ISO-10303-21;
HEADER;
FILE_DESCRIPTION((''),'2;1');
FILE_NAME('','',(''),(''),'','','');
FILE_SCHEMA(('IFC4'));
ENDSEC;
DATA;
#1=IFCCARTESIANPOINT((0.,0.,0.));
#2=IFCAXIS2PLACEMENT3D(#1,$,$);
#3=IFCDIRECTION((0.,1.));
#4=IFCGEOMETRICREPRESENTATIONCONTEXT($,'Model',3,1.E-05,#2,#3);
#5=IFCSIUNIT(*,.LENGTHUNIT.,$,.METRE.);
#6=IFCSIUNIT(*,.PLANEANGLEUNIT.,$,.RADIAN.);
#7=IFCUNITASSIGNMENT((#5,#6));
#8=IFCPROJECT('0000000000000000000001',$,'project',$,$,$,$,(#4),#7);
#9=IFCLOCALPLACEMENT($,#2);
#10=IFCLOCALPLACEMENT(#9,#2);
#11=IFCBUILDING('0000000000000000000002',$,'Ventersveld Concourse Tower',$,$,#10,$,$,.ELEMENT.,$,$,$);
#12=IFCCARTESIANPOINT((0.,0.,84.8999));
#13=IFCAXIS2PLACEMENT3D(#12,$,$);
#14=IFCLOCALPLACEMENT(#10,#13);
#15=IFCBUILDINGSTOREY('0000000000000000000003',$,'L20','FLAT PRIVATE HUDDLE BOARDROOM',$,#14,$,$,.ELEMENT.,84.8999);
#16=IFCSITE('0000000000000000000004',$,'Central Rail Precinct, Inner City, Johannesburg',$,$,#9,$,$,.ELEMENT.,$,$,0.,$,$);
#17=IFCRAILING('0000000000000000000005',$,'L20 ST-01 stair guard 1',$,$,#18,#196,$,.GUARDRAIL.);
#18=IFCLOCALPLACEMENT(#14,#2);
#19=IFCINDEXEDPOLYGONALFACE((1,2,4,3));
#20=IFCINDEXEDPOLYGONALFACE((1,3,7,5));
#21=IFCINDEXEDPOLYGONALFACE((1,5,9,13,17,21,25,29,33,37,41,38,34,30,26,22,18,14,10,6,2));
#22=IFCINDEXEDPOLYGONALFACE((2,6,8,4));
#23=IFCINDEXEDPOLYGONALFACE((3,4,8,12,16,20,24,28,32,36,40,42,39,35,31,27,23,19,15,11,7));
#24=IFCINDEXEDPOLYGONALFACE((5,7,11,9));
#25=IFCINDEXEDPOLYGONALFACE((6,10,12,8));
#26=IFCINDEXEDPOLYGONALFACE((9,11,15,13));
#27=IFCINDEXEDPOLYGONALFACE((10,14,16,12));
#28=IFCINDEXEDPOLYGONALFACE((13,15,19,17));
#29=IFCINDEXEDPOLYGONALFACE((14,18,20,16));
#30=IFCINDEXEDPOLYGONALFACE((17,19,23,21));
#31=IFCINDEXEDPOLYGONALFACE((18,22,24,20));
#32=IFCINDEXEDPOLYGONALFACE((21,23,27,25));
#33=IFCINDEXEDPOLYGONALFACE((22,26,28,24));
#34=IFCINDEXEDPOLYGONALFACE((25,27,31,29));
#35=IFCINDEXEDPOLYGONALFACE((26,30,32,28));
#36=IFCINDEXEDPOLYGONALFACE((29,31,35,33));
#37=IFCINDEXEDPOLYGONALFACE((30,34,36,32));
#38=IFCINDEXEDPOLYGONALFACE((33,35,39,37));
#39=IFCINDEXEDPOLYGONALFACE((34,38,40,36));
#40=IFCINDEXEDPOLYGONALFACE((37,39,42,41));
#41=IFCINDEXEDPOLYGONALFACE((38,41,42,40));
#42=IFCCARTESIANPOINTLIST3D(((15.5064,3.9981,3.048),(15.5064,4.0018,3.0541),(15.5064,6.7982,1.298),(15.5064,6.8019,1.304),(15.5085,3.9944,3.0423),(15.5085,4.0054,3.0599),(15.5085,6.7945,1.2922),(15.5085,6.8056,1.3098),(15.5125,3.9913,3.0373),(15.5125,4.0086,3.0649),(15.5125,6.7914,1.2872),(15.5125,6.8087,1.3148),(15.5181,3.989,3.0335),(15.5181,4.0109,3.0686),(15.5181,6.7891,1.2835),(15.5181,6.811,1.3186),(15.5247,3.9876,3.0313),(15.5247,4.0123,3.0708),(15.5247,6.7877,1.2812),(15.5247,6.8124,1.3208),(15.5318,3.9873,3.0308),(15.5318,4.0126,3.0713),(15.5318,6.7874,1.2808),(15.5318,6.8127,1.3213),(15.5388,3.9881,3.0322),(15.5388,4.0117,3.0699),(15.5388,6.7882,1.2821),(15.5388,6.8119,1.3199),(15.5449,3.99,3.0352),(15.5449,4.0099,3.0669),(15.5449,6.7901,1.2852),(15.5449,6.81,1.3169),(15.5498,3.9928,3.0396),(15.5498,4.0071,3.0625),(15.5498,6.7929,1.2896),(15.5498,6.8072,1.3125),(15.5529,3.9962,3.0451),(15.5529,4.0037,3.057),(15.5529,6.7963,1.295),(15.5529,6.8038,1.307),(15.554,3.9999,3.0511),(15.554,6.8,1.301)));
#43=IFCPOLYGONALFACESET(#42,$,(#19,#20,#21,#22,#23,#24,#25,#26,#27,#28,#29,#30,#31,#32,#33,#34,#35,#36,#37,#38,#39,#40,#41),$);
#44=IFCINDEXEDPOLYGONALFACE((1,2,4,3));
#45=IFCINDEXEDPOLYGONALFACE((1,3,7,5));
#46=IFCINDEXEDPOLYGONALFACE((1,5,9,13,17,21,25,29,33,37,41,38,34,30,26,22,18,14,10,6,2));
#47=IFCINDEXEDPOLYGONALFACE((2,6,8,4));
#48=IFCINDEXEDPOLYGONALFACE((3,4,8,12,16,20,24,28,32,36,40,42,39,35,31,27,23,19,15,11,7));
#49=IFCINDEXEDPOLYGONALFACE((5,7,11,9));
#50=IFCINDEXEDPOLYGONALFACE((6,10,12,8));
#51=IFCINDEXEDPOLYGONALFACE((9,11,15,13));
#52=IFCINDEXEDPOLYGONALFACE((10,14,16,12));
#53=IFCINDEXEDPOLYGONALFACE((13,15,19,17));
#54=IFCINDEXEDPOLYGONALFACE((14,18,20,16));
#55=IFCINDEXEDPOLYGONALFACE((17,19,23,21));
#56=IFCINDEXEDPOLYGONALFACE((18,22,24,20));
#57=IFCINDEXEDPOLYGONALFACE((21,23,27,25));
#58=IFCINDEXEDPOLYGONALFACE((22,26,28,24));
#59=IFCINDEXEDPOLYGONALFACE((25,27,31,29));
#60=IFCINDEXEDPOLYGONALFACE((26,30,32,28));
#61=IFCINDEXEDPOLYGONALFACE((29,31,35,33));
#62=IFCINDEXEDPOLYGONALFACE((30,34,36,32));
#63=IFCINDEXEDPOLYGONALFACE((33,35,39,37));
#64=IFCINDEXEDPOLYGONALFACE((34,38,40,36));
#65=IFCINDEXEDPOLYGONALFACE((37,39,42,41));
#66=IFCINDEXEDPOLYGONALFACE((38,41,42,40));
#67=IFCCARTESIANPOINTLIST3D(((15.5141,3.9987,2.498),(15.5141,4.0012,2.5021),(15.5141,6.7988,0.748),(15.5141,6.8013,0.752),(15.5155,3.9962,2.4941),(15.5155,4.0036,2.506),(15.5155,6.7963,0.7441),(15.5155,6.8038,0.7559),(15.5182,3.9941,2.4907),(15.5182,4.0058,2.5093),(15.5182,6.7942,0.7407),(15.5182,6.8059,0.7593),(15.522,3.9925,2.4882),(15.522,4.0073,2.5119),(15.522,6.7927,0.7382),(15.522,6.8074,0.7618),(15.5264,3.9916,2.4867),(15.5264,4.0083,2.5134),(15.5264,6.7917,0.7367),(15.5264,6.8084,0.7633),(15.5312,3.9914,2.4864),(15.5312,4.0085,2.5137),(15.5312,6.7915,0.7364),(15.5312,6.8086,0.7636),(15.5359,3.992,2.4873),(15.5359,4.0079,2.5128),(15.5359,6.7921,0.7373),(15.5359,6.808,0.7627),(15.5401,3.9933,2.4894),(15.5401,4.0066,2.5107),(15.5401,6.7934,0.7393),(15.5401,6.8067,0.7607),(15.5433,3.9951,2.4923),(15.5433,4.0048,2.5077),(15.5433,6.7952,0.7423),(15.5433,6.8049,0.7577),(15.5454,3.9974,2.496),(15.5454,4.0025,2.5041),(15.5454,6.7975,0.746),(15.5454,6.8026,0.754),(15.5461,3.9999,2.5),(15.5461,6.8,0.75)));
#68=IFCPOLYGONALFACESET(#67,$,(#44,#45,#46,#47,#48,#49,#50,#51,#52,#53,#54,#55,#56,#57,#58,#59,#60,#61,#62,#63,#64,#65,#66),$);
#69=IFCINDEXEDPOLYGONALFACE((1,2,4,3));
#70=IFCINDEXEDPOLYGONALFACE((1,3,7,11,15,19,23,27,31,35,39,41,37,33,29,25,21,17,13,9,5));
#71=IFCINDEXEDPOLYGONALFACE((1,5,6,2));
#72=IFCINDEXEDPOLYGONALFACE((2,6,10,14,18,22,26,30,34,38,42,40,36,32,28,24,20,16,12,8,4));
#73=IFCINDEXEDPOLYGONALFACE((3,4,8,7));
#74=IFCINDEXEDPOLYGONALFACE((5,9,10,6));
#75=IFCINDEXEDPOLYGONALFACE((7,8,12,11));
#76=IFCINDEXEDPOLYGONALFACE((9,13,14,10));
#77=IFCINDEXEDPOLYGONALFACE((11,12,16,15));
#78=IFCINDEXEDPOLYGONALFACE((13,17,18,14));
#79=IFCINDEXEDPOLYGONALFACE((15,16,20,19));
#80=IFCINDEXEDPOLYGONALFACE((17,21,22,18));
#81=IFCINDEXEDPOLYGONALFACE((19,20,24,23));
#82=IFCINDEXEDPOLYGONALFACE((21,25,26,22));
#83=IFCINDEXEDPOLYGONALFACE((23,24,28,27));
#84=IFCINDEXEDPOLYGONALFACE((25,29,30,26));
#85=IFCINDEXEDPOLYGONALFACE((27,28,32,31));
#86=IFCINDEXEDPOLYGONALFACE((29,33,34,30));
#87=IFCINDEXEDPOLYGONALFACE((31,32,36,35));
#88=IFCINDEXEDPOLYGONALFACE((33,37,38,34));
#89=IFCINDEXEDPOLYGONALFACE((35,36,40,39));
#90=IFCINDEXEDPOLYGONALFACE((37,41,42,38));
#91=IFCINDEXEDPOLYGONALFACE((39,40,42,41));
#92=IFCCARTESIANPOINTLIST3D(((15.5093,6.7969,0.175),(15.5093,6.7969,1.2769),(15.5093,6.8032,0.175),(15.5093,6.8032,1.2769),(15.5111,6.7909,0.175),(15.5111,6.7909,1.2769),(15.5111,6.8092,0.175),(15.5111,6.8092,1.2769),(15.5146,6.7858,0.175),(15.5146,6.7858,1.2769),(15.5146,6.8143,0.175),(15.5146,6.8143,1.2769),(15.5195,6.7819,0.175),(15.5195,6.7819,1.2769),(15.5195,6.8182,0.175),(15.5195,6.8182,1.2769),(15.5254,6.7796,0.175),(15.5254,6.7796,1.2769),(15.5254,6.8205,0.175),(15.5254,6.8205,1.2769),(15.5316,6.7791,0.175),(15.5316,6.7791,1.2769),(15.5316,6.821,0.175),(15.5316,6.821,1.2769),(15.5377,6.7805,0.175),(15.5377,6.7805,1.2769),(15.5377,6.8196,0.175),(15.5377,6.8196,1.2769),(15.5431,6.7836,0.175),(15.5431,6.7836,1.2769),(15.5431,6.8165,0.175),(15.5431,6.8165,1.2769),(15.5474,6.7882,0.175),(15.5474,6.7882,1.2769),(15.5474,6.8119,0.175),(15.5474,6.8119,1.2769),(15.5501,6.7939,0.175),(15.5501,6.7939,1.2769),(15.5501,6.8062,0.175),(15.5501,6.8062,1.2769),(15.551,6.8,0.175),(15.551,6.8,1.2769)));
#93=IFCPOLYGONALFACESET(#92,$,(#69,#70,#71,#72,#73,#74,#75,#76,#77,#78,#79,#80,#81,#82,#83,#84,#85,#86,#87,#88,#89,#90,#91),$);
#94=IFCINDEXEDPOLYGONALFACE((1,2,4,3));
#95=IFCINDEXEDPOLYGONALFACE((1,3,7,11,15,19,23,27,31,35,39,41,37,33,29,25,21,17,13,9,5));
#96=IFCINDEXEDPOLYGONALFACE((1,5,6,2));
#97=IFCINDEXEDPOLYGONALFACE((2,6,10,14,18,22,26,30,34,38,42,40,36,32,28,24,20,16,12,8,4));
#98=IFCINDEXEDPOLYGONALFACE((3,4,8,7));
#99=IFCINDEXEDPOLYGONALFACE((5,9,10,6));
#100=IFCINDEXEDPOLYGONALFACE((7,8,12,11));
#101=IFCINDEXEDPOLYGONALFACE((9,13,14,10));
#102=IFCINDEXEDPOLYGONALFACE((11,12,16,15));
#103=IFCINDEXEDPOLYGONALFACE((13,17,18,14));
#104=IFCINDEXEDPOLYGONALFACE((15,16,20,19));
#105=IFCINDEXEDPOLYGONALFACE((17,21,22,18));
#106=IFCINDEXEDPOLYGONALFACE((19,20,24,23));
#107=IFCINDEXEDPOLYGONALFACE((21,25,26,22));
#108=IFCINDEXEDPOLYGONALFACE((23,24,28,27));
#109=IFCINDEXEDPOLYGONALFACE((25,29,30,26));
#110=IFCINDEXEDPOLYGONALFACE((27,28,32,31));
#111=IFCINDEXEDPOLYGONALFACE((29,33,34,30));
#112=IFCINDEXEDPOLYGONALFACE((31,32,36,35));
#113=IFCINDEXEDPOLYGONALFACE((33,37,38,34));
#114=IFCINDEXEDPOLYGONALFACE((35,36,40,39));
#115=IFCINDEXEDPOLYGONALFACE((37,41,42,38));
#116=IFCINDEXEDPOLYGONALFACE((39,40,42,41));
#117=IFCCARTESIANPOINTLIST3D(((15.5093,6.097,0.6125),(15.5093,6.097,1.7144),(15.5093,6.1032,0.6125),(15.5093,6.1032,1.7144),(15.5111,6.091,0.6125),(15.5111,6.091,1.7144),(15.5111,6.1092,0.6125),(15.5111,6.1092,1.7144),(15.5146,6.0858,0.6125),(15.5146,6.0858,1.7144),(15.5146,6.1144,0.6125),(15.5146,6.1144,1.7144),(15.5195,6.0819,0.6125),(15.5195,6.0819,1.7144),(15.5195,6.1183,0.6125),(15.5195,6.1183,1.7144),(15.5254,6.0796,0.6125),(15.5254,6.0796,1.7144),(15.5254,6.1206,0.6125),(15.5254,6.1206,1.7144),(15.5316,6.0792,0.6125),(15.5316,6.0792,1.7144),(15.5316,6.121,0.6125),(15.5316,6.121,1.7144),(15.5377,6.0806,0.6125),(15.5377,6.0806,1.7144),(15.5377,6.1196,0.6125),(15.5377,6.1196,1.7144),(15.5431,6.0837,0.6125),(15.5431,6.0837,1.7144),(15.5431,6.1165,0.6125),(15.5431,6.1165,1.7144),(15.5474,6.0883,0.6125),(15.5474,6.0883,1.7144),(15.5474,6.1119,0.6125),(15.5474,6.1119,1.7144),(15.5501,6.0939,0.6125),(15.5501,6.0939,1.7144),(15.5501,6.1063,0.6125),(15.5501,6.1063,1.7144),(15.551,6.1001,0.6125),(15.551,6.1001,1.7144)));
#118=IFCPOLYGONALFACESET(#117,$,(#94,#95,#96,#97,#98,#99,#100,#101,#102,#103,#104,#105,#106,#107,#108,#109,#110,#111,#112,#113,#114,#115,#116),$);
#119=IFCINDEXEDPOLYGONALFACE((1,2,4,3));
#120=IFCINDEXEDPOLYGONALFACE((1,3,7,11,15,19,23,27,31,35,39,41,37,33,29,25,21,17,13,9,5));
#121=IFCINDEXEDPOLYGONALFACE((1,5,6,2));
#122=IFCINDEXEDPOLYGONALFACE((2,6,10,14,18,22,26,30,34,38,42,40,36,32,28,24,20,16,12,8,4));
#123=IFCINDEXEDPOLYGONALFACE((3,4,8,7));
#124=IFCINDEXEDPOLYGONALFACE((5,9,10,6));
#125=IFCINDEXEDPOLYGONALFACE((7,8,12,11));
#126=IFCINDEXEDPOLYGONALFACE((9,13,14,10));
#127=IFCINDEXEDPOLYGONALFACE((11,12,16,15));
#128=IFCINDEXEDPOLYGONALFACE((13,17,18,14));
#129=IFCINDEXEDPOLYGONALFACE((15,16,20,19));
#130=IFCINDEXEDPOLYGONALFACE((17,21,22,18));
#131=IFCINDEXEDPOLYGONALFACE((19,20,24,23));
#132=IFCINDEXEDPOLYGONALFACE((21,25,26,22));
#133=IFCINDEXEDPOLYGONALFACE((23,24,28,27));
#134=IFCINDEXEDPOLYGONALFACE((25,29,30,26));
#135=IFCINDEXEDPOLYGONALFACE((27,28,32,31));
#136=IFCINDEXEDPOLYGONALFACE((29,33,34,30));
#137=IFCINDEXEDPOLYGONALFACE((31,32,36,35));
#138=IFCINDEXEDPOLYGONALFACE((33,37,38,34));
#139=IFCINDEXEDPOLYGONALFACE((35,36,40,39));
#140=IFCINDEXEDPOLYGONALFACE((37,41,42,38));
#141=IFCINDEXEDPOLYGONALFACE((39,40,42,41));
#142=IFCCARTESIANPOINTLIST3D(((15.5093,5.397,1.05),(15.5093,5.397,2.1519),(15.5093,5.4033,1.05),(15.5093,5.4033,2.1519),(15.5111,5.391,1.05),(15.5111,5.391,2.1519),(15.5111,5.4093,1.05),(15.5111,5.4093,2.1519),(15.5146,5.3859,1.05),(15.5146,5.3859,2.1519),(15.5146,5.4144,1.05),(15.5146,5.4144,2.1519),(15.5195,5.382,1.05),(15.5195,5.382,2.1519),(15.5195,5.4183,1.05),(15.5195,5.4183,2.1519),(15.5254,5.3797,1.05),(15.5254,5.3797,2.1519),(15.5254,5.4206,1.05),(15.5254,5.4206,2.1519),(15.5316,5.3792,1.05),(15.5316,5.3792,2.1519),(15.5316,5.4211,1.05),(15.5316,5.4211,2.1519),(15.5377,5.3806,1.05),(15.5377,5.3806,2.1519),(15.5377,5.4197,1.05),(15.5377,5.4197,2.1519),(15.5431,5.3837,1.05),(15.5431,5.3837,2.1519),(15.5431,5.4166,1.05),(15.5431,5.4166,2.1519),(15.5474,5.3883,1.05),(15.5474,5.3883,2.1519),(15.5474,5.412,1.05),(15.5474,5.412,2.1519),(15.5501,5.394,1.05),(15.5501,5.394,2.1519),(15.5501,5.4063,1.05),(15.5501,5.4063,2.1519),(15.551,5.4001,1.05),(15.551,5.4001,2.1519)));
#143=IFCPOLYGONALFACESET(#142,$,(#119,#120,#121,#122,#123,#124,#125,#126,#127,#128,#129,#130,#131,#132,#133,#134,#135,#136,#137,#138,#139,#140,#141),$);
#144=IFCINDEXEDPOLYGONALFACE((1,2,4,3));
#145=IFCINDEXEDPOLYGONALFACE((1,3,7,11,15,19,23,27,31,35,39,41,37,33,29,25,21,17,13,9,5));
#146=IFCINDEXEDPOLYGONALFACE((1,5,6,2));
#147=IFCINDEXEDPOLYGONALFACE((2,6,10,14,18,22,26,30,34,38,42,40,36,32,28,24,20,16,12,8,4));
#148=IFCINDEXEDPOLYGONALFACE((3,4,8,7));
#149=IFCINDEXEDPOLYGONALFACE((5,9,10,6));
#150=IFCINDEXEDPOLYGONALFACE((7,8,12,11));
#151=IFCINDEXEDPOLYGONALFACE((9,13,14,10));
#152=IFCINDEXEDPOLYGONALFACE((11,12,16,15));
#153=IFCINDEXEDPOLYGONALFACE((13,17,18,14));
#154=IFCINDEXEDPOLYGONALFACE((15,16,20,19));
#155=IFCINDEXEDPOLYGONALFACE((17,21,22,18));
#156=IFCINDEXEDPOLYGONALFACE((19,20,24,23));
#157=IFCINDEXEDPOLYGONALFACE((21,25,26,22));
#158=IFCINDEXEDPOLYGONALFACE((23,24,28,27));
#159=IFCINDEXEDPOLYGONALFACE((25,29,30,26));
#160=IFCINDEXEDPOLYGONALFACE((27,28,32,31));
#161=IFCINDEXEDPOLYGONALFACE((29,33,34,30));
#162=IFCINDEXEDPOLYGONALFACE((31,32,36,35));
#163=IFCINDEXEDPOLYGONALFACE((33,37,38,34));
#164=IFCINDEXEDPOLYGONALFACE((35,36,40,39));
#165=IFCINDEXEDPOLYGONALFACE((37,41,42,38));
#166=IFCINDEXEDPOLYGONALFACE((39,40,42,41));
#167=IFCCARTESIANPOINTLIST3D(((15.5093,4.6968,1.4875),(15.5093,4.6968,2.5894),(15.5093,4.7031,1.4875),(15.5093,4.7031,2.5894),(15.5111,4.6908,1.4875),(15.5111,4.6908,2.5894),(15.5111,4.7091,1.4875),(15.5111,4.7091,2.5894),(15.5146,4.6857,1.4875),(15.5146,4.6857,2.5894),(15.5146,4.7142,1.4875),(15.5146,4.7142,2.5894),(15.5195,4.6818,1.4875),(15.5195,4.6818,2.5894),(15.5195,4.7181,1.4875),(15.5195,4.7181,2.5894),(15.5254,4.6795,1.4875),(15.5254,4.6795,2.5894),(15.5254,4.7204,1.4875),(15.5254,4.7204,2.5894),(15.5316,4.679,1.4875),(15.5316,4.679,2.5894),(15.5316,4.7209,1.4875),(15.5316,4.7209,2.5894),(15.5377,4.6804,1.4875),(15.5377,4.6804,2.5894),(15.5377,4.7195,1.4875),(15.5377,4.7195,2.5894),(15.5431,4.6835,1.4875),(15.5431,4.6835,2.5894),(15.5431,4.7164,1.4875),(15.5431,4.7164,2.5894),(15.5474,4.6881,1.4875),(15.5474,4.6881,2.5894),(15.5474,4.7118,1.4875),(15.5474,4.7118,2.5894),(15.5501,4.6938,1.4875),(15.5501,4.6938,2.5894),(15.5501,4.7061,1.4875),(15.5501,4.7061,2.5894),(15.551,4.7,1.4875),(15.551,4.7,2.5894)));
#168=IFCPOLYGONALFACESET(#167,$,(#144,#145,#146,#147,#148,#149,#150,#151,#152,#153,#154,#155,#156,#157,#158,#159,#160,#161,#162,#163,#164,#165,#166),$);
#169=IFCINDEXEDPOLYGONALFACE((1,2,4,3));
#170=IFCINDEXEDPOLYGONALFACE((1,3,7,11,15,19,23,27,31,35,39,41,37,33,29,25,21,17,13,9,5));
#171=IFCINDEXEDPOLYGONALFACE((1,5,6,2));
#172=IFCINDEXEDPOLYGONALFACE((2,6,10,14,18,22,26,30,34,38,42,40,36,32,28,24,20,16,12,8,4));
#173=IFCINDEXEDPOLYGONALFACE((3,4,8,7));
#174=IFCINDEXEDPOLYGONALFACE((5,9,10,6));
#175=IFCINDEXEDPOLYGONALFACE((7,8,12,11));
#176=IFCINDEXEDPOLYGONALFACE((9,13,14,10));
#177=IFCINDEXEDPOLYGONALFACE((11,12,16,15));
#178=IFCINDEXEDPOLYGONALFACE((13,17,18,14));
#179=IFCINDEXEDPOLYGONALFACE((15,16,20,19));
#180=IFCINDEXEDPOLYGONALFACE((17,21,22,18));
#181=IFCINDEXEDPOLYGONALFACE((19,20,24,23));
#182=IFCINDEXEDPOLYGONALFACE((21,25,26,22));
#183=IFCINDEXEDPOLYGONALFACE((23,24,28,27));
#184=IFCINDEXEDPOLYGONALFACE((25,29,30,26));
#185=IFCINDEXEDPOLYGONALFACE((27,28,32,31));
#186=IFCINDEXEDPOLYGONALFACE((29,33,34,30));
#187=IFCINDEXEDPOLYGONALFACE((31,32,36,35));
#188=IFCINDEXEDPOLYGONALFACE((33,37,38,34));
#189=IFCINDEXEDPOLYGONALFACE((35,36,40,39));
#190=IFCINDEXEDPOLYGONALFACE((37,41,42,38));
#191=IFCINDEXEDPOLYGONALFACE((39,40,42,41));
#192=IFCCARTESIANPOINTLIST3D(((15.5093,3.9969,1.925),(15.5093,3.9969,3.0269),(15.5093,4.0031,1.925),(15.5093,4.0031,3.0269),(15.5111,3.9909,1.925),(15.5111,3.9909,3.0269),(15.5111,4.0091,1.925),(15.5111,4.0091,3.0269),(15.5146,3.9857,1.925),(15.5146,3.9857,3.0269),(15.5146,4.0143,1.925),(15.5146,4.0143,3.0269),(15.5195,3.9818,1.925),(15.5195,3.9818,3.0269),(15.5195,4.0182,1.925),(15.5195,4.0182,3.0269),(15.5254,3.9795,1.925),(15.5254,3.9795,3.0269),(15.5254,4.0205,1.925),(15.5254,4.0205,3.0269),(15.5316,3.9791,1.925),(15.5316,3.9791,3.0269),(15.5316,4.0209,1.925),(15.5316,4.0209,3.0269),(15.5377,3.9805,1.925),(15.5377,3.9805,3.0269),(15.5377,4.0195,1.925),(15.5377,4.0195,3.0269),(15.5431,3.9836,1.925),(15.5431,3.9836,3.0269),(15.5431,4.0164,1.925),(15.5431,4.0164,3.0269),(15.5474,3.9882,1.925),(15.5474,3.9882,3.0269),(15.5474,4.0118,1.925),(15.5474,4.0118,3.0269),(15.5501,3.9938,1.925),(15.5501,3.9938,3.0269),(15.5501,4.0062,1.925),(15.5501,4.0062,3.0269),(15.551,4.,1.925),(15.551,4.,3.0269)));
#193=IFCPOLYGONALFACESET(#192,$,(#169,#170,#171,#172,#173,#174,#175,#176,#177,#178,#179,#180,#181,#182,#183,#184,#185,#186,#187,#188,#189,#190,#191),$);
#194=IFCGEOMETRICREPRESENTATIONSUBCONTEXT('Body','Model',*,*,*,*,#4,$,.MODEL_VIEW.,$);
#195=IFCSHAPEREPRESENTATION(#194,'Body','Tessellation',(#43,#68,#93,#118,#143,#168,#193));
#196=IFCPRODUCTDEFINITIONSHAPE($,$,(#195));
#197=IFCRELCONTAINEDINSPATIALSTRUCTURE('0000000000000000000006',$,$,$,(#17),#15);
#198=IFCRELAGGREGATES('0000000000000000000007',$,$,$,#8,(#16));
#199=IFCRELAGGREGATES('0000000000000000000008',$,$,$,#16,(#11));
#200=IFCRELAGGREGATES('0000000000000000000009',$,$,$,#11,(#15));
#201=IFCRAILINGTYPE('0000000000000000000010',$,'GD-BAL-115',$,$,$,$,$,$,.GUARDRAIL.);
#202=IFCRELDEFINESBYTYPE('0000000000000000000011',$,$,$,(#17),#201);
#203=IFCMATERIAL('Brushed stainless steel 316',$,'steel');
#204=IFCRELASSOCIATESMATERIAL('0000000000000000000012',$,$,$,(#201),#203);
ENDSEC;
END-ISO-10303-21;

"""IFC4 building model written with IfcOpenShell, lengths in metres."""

from ifc_helpers import new_model, si_unit, direction, frame, origin, origin_2d, place, context, subcontext, project, spatial, circle, extrude, material, type_object, element, save


model = new_model("IFC4")

# Units and contexts
model_context = context("Model", 3, precision=1e-05, world=origin(), true_north=direction((0.0, 1.0)))
body_context = subcontext(model_context, "Body", "Model", "MODEL_VIEW")
ifc_project = project(units=[si_unit("LENGTHUNIT", "METRE"), si_unit("PLANEANGLEUNIT", "RADIAN")], contexts=[model_context])

# Site, building, storey
site_placement = place(None, origin())
site = spatial("IfcSite", under=ifc_project, at=site_placement, Name="Central Rail Precinct, Inner City, Johannesburg", CompositionType="ELEMENT", RefElevation=0.0)
building_placement = place(site_placement, origin())
building = spatial("IfcBuilding", under=site, at=building_placement, Name="Ventersveld Concourse Tower", CompositionType="ELEMENT")
storey_placement = place(building_placement, frame((0.0, 0.0, 84.8999)))
storey = spatial("IfcBuildingStorey", under=building, at=storey_placement, Name="L20", Description="FLAT PRIVATE HUDDLE BOARDROOM", CompositionType="ELEMENT", Elevation=84.8999)

# Railing
ifc_material_1 = material(Name="Brushed stainless steel 316", Category="steel")
railing_type_1 = type_object("IfcRailingType", Name="GD-BAL-115", PredefinedType="GUARDRAIL", material=ifc_material_1)
railing_1_placement = place(storey_placement, frame((15.53, 6.8, 0.175)))
element("IfcRailing", 1, at=railing_1_placement, inside=storey, type_object=railing_type_1, Name="L20 ST-01 stair guard 1", PredefinedType="GUARDRAIL", context=body_context, shape_type="SweptSolid", body=[
    extrude(circle(Radius=0.0239, at=origin_2d()), frame((0.0, 0.0, 1.126), z_axis=(0.0, -0.848002, 0.529992), x_axis=(1.0, 0.0, 0.0)), (0.0, 0.0, 1.0), 3.302),
    extrude(circle(Radius=0.0161, at=origin_2d()), frame((0.0, 0.0, 0.575), z_axis=(0.0, -0.848002, 0.529992), x_axis=(1.0, 0.0, 0.0)), (0.0, 0.0, 1.0), 3.302),
    extrude(circle(Radius=0.021, at=origin_2d()), origin(), (0.0, 0.0, 1.0), 1.1018),
    extrude(circle(Radius=0.021, at=origin_2d()), frame((0.0, -0.7, 0.4375)), (0.0, 0.0, 1.0), 1.1018),
    extrude(circle(Radius=0.021, at=origin_2d()), frame((0.0, -1.3999, 0.875)), (0.0, 0.0, 1.0), 1.1018),
    extrude(circle(Radius=0.021, at=origin_2d()), frame((0.0, -2.1001, 1.3125)), (0.0, 0.0, 1.0), 1.1018),
    extrude(circle(Radius=0.021, at=origin_2d()), frame((0.0, -2.8, 1.75)), (0.0, 0.0, 1.0), 1.1018),
])

save(model, "model.ifc")
